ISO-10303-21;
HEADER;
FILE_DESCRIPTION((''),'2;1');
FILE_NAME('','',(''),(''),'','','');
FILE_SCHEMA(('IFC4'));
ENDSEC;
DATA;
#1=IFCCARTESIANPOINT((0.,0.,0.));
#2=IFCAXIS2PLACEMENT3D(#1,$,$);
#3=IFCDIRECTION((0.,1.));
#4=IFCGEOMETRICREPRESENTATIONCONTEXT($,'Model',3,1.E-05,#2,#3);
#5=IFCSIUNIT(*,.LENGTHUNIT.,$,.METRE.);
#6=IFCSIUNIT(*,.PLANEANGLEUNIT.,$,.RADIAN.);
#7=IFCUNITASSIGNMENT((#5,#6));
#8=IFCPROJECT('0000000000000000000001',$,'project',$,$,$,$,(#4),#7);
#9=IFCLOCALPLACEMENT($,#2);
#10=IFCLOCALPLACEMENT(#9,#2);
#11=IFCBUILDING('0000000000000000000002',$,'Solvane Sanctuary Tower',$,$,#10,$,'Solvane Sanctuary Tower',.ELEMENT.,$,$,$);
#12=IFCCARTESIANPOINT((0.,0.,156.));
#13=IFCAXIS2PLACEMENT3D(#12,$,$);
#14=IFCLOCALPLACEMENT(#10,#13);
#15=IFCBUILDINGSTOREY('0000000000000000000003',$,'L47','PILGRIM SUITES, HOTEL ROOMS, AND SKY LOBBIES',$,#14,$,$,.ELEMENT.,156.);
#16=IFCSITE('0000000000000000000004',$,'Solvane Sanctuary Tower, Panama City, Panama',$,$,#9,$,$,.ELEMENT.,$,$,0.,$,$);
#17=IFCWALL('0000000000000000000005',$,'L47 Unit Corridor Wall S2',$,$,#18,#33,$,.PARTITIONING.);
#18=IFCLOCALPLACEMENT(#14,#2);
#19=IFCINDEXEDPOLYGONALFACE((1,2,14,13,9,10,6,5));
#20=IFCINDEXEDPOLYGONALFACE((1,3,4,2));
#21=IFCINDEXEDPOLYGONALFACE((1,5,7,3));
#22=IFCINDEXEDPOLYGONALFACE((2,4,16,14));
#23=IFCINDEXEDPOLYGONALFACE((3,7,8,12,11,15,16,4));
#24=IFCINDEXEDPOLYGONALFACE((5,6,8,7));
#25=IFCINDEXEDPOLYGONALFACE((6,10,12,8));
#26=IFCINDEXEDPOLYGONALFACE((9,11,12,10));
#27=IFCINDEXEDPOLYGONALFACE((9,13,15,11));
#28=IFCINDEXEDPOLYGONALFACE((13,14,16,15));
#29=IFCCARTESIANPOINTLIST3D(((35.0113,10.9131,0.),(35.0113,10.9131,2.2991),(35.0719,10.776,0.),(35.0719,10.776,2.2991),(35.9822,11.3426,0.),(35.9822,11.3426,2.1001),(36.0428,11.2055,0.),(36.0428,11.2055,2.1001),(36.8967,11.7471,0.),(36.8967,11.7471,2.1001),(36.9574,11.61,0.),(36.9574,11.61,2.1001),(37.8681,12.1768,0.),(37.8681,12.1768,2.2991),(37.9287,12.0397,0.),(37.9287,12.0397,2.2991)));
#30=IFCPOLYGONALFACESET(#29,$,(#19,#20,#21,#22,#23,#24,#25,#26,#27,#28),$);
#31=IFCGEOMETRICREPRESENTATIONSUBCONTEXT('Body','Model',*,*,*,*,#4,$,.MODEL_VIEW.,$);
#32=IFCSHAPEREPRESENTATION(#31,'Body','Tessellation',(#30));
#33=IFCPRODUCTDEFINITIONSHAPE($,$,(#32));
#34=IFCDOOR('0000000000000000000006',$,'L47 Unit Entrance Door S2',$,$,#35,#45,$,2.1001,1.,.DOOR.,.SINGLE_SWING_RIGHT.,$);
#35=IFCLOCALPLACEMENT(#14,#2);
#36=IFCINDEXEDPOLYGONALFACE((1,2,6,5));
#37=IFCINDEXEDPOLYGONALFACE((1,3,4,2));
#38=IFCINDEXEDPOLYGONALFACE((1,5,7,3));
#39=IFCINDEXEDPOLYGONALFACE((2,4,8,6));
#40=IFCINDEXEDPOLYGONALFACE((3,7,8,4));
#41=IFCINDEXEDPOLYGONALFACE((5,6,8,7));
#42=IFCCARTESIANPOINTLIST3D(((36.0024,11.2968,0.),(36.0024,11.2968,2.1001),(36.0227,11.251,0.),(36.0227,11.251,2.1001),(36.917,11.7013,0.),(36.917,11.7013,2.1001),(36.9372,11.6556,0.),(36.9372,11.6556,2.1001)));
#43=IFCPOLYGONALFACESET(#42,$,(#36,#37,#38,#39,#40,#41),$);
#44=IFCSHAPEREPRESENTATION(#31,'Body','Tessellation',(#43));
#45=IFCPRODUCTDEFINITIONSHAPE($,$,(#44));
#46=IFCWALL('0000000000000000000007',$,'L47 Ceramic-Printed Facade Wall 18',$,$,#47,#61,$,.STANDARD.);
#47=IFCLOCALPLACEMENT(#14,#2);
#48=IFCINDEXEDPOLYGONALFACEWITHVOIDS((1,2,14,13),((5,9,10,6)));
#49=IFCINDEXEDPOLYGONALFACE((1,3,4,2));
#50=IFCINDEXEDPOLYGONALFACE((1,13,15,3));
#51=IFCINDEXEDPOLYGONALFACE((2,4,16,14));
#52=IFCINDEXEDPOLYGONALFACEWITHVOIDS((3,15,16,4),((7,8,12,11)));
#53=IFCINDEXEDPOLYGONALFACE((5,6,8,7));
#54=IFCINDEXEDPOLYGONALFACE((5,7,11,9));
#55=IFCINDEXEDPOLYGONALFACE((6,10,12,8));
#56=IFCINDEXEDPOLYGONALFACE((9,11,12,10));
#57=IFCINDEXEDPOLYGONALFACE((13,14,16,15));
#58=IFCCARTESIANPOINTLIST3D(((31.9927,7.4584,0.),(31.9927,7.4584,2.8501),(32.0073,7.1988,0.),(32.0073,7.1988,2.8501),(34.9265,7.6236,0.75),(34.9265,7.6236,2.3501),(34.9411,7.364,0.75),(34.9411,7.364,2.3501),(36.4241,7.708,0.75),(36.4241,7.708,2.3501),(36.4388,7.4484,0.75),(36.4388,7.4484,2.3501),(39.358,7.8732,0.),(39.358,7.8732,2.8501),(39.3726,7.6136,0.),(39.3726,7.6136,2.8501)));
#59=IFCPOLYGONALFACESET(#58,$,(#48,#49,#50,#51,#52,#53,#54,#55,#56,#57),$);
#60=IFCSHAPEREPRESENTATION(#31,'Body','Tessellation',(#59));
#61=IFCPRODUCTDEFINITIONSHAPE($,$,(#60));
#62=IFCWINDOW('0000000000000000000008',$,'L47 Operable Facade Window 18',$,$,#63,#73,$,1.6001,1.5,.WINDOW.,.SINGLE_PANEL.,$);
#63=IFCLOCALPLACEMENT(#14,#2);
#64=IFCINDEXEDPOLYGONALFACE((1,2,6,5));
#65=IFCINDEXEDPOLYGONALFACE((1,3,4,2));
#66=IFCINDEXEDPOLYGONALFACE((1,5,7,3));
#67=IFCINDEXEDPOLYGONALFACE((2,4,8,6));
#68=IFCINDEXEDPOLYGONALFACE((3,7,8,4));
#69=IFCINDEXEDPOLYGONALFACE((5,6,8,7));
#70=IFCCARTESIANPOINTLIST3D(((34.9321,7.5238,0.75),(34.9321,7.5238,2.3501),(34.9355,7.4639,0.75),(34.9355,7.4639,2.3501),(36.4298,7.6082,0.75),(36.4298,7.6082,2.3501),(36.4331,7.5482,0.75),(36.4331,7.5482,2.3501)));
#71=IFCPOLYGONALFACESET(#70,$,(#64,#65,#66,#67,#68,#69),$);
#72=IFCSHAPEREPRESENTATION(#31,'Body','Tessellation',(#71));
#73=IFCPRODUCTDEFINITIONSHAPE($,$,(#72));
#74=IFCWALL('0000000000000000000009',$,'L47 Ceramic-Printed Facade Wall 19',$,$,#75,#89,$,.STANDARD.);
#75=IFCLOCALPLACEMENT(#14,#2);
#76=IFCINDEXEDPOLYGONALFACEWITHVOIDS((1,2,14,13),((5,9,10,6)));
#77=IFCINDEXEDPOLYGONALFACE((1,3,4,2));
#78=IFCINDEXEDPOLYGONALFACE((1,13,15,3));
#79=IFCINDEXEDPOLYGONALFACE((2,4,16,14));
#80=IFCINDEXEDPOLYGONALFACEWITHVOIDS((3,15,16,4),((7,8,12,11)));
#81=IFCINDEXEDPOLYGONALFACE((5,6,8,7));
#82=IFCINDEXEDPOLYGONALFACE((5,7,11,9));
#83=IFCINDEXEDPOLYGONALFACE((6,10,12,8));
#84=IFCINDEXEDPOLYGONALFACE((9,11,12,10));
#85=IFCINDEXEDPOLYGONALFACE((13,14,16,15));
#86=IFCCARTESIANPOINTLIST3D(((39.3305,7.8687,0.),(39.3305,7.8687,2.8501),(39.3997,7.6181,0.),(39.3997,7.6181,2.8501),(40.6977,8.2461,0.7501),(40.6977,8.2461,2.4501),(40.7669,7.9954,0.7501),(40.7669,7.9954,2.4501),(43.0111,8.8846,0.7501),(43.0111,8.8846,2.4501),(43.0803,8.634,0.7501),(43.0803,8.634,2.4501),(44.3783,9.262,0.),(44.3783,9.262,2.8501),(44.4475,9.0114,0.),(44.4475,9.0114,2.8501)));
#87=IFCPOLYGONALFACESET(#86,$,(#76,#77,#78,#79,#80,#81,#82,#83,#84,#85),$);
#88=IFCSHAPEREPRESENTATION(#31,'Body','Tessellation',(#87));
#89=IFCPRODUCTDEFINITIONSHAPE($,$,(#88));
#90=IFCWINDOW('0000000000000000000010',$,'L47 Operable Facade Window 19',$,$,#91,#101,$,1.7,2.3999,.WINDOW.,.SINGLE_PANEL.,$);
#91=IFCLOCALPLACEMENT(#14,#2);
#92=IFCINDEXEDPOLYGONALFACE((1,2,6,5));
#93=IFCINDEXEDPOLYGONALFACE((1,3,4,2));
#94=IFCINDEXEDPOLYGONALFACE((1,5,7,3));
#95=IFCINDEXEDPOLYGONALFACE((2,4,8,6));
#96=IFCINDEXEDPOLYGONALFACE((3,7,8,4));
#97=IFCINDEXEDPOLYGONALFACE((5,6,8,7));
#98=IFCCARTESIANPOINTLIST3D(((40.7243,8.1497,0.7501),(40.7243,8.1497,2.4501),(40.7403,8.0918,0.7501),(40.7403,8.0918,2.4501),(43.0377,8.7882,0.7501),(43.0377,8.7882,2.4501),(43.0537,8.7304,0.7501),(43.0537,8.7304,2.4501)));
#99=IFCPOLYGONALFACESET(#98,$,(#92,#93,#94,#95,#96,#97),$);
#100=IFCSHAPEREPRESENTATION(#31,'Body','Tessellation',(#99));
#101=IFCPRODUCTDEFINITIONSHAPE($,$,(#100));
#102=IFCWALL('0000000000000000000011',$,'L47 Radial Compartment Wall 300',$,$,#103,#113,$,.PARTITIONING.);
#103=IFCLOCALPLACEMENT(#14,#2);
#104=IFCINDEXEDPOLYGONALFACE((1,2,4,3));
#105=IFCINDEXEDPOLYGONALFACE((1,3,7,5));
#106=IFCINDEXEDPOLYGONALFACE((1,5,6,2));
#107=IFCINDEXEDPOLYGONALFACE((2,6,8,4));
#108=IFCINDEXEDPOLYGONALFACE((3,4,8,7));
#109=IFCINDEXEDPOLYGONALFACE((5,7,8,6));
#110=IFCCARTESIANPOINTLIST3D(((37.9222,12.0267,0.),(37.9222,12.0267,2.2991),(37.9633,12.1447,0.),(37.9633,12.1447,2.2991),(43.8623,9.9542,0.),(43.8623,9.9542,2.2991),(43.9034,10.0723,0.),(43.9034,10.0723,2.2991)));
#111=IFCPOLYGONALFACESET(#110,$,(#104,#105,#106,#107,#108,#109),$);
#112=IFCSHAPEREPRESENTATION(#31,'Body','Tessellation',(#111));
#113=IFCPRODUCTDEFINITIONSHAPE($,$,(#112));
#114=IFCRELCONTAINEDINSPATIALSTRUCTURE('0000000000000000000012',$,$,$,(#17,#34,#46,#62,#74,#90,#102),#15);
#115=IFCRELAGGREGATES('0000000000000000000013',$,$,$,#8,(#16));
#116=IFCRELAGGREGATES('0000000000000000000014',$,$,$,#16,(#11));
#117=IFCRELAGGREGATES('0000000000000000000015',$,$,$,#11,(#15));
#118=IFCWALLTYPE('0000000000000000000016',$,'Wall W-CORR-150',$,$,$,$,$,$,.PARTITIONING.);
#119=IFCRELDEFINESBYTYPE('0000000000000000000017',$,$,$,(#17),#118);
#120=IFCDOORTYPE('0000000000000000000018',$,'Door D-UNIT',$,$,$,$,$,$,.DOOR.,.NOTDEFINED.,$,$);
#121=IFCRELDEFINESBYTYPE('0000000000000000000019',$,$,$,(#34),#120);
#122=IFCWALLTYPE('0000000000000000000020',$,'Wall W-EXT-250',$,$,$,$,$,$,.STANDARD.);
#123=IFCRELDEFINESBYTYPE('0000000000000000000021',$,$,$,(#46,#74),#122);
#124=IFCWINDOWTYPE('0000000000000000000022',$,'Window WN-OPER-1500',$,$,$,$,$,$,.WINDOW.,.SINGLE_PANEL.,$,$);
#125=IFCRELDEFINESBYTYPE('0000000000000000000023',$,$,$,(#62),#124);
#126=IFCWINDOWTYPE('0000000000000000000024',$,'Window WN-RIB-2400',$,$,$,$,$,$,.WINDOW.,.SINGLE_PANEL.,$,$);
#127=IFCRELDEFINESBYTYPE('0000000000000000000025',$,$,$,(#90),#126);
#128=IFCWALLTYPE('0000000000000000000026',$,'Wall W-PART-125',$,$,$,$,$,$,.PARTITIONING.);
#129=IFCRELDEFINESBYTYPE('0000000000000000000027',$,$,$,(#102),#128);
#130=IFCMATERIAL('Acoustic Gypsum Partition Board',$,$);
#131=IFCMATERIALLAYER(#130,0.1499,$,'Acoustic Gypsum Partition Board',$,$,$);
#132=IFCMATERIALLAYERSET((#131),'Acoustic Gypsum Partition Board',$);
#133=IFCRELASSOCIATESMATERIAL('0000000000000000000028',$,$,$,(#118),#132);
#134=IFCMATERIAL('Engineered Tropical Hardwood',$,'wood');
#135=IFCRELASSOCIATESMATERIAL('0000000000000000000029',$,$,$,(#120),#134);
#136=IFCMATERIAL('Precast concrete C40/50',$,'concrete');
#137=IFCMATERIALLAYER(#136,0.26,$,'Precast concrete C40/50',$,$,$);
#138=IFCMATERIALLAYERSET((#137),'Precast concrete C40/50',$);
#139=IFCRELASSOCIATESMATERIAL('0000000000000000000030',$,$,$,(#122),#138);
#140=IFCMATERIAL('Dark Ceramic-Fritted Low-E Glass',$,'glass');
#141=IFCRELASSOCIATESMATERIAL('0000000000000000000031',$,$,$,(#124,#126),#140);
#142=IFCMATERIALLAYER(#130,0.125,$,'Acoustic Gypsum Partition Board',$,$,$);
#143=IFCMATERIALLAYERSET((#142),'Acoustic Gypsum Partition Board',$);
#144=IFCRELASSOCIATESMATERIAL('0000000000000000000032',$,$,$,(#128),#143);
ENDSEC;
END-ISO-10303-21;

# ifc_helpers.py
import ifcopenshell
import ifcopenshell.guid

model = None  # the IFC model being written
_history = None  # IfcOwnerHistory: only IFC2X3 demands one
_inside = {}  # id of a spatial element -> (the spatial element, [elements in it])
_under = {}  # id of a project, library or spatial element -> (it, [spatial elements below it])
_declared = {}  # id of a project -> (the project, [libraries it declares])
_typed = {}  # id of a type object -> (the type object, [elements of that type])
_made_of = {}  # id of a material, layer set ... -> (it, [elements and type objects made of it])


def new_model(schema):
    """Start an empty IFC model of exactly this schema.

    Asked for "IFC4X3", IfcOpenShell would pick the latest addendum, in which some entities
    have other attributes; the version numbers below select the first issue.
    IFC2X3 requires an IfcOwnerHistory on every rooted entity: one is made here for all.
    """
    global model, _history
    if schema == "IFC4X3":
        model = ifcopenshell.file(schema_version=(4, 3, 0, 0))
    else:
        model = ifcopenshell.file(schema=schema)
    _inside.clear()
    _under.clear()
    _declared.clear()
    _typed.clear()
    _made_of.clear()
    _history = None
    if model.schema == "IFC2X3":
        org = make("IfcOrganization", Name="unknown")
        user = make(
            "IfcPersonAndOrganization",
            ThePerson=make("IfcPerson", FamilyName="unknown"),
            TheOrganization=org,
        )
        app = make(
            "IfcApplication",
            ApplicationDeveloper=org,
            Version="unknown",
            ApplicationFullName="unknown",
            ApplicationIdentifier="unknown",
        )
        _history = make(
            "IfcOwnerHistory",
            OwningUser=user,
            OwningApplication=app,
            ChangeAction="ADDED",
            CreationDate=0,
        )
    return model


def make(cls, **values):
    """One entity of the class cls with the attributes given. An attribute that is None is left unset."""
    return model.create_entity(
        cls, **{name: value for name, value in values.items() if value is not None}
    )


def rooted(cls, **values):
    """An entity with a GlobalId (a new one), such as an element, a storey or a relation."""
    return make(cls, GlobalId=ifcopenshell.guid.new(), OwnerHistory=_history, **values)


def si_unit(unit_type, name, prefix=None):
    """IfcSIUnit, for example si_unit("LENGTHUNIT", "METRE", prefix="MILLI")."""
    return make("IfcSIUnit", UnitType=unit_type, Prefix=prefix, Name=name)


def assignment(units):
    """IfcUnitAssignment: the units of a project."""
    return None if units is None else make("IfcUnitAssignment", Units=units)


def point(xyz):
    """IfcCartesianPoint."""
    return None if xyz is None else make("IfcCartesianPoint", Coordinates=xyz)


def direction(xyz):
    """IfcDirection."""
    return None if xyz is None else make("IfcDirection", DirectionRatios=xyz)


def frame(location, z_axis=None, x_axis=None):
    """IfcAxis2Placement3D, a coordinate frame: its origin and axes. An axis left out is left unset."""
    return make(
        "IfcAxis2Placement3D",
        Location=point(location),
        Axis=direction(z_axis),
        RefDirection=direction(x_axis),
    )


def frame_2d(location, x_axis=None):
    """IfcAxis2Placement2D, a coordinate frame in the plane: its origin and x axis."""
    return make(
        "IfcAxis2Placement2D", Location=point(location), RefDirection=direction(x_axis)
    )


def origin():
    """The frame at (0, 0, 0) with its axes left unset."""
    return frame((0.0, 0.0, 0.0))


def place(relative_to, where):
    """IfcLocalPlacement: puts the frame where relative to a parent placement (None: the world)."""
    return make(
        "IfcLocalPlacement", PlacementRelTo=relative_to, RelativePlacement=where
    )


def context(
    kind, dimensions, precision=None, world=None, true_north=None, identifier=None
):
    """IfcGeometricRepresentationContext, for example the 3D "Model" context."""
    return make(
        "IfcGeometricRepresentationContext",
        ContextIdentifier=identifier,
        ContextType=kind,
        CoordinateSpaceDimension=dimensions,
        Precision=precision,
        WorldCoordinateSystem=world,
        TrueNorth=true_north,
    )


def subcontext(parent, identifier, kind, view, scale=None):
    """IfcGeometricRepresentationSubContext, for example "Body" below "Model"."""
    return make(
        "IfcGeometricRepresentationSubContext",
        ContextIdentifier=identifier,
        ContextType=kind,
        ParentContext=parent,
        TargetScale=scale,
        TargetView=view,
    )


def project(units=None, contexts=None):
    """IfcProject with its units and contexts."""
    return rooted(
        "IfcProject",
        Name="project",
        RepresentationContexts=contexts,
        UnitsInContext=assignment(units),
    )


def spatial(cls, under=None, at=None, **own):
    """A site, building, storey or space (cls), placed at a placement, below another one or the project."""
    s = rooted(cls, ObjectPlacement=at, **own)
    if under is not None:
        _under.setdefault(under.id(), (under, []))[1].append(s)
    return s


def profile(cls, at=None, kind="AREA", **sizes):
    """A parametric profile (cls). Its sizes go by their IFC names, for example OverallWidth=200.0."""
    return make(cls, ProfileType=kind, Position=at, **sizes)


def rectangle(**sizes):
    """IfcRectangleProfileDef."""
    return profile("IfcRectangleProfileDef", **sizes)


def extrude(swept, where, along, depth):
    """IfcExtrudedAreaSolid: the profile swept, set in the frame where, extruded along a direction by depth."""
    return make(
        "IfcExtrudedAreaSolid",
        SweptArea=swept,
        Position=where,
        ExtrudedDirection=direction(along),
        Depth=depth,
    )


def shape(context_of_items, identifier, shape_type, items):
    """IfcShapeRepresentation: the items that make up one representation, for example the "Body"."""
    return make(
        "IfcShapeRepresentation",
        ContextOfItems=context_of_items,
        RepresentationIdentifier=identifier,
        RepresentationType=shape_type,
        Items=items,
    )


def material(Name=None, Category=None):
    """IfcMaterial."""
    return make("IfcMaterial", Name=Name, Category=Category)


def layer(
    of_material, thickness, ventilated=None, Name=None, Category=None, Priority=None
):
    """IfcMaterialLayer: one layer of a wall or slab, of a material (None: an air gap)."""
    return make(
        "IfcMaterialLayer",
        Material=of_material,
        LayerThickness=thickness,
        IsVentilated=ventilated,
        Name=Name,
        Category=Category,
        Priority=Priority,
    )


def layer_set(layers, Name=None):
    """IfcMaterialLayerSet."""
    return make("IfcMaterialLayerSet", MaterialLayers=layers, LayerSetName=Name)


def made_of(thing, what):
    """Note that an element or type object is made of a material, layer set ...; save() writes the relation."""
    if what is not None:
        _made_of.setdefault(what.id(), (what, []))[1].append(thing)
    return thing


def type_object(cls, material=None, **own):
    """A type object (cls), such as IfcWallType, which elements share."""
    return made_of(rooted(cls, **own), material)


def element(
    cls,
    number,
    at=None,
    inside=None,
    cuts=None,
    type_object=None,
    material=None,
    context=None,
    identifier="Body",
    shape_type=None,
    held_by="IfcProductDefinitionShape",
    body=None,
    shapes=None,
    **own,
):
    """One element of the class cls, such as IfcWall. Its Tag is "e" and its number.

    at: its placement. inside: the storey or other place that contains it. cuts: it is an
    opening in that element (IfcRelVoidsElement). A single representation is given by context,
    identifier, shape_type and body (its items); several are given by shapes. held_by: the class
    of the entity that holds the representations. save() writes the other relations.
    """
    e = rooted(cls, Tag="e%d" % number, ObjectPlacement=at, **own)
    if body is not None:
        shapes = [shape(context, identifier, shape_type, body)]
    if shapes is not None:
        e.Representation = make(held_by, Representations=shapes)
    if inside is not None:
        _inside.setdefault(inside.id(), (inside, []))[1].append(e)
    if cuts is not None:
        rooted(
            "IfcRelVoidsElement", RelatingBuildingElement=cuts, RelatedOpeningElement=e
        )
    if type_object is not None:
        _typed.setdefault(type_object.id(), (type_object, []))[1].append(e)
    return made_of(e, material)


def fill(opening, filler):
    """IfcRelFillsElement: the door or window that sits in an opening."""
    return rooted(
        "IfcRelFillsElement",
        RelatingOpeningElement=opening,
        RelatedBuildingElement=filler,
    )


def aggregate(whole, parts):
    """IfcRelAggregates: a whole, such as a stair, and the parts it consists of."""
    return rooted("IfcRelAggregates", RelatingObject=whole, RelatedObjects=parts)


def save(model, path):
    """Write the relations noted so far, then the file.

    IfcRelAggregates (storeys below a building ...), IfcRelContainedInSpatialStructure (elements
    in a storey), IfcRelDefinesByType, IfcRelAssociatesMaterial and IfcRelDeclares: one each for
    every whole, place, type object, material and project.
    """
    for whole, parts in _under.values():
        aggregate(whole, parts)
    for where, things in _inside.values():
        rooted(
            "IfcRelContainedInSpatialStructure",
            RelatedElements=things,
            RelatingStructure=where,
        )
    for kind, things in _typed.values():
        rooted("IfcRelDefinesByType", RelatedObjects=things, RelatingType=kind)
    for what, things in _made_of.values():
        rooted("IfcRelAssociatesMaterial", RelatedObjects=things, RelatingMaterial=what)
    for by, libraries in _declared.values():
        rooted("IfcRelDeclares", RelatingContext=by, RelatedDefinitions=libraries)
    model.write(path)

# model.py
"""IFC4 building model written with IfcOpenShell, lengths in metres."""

from ifc_helpers import new_model, si_unit, direction, frame, frame_2d, origin, place, context, subcontext, project, spatial, rectangle, extrude, material, layer, layer_set, type_object, element, fill, save


model = new_model("IFC4")

# Units and contexts
model_context = context("Model", 3, precision=1e-05, world=origin(), true_north=direction((0.0, 1.0)))
body_context = subcontext(model_context, "Body", "Model", "MODEL_VIEW")
ifc_project = project(units=[si_unit("LENGTHUNIT", "METRE"), si_unit("PLANEANGLEUNIT", "RADIAN")], contexts=[model_context])

# Site, building, storey
site_placement = place(None, origin())
site = spatial("IfcSite", under=ifc_project, at=site_placement, Name="Solvane Sanctuary Tower, Panama City, Panama", CompositionType="ELEMENT", RefElevation=0.0)
building_placement = place(site_placement, origin())
building = spatial("IfcBuilding", under=site, at=building_placement, Name="Solvane Sanctuary Tower", LongName="Solvane Sanctuary Tower", CompositionType="ELEMENT")
storey_placement = place(building_placement, frame((0.0, 0.0, 156.0)))
storey = spatial("IfcBuildingStorey", under=building, at=storey_placement, Name="L47", Description="PILGRIM SUITES, HOTEL ROOMS, AND SKY LOBBIES", CompositionType="ELEMENT", Elevation=156.0)

# Shared definitions
ifc_material_1 = material(Name="Acoustic Gypsum Partition Board")
ifc_layer_1 = layer(ifc_material_1, 0.1499, Name="Acoustic Gypsum Partition Board")
ifc_layer_set_1 = layer_set([ifc_layer_1], Name="Acoustic Gypsum Partition Board")
wall_type_1 = type_object("IfcWallType", Name="Wall W-CORR-150", PredefinedType="PARTITIONING", material=ifc_layer_set_1)

# Wall, opening, door
ifc_material_2 = material(Name="Engineered Tropical Hardwood", Category="wood")
wall_1_placement = place(storey_placement, frame((35.0415, 10.8445, 0.0), z_axis=(0.0, 0.0, 1.0), x_axis=(0.914519, 0.404542, 0.0)))
wall_1 = element("IfcWall", 1, at=wall_1_placement, inside=storey, type_object=wall_type_1, Name="L47 Unit Corridor Wall S2", PredefinedType="PARTITIONING", context=body_context, shape_type="SweptSolid", body=[
    extrude(rectangle(XDim=3.1238, YDim=0.1499, at=frame_2d((1.562, 0.0))), origin(), (0.0, 0.0, 1.0), 2.2991),
])
opening_1_placement = place(wall_1_placement, frame((1.0618, 0.0, 0.0)))
opening_1 = element("IfcOpeningElement", 2, at=opening_1_placement, cuts=wall_1, PredefinedType="OPENING", context=body_context, shape_type="SweptSolid", body=[
    extrude(rectangle(XDim=1.0, YDim=2.1001, at=frame_2d((0.5, 1.05))), frame((0.0, 0.085, 0.0), z_axis=(0.0, -1.0, 0.0), x_axis=(1.0, 0.0, 0.0)), (0.0, 0.0, 1.0), 0.1699),
])
door_type_1 = type_object("IfcDoorType", Name="Door D-UNIT", OperationType="NOTDEFINED", PredefinedType="DOOR", material=ifc_material_2)
door_1_placement = place(opening_1_placement, origin())
door_1 = element("IfcDoor", 3, at=door_1_placement, inside=storey, type_object=door_type_1, Name="L47 Unit Entrance Door S2", OperationType="SINGLE_SWING_RIGHT", OverallHeight=2.1001, OverallWidth=1.0, PredefinedType="DOOR", context=body_context, shape_type="SweptSolid", body=[
    extrude(rectangle(XDim=1.0, YDim=2.1001, at=frame_2d((0.5, 1.05))), frame((0.0, 0.0249, 0.0), z_axis=(0.0, -1.0, 0.0), x_axis=(1.0, 0.0, 0.0)), (0.0, 0.0, 1.0), 0.05),
])
fill(opening_1, door_1)

# Walls, openings, windows
ifc_material_3 = material(Name="Precast concrete C40/50", Category="concrete")
ifc_layer_2 = layer(ifc_material_3, 0.26, Name="Precast concrete C40/50")
ifc_layer_set_2 = layer_set([ifc_layer_2], Name="Precast concrete C40/50")
wall_type_2 = type_object("IfcWallType", Name="Wall W-EXT-250", PredefinedType="STANDARD", material=ifc_layer_set_2)
wall_2_placement = place(storey_placement, frame((32.0, 7.3286, 0.0), z_axis=(0.0, 0.0, 1.0), x_axis=(0.998418, 0.056229, 0.0)))
wall_2 = element("IfcWall", 4, at=wall_2_placement, inside=storey, type_object=wall_type_2, Name="L47 Ceramic-Printed Facade Wall 18", PredefinedType="STANDARD", context=body_context, shape_type="SweptSolid", body=[
    extrude(rectangle(XDim=7.377, YDim=0.26, at=frame_2d((3.6885, 0.0))), origin(), (0.0, 0.0, 1.0), 2.8501),
])
opening_2_placement = place(wall_2_placement, frame((2.9385, 0.0, 0.75)))
opening_2 = element("IfcOpeningElement", 5, at=opening_2_placement, cuts=wall_2, PredefinedType="OPENING", context=body_context, shape_type="SweptSolid", body=[
    extrude(rectangle(XDim=1.5, YDim=1.6001, at=frame_2d((0.75, 0.8))), frame((0.0, 0.1399, 0.0), z_axis=(0.0, -1.0, 0.0), x_axis=(1.0, 0.0, 0.0)), (0.0, 0.0, 1.0), 0.28),
])
ifc_material_4 = material(Name="Dark Ceramic-Fritted Low-E Glass", Category="glass")
window_type_1 = type_object("IfcWindowType", Name="Window WN-OPER-1500", PartitioningType="SINGLE_PANEL", PredefinedType="WINDOW", material=ifc_material_4)
window_1_placement = place(opening_2_placement, origin())
window_1 = element("IfcWindow", 6, at=window_1_placement, inside=storey, type_object=window_type_1, Name="L47 Operable Facade Window 18", OverallHeight=1.6001, OverallWidth=1.5, PartitioningType="SINGLE_PANEL", PredefinedType="WINDOW", context=body_context, shape_type="SweptSolid", body=[
    extrude(rectangle(XDim=1.5, YDim=1.6001, at=frame_2d((0.75, 0.8))), frame((0.0, 0.03, 0.0), z_axis=(0.0, -1.0, 0.0), x_axis=(1.0, 0.0, 0.0)), (0.0, 0.0, 1.0), 0.0601),
])
fill(opening_2, window_1)
wall_3_placement = place(storey_placement, frame((39.3652, 7.7434, 0.0), z_axis=(0.0, 0.0, 1.0), x_axis=(0.963953, 0.266071, 0.0)))
wall_3 = element("IfcWall", 7, at=wall_3_placement, inside=storey, type_object=wall_type_2, Name="L47 Ceramic-Printed Facade Wall 19", PredefinedType="STANDARD", context=body_context, shape_type="SweptSolid", body=[
    extrude(rectangle(XDim=5.2366, YDim=0.26, at=frame_2d((2.6182, 0.0))), origin(), (0.0, 0.0, 1.0), 2.8501),
])
opening_3_placement = place(wall_3_placement, frame((1.4182, 0.0, 0.75)))
opening_3 = element("IfcOpeningElement", 8, at=opening_3_placement, cuts=wall_3, PredefinedType="OPENING", context=body_context, shape_type="SweptSolid", body=[
    extrude(rectangle(XDim=2.3999, YDim=1.7, at=frame_2d((1.2, 0.8501))), frame((0.0, 0.1399, 0.0), z_axis=(0.0, -1.0, 0.0), x_axis=(1.0, 0.0, 0.0)), (0.0, 0.0, 1.0), 0.28),
])
window_type_2 = type_object("IfcWindowType", Name="Window WN-RIB-2400", PartitioningType="SINGLE_PANEL", PredefinedType="WINDOW", material=ifc_material_4)
window_2_placement = place(opening_3_placement, origin())
window_2 = element("IfcWindow", 9, at=window_2_placement, inside=storey, type_object=window_type_2, Name="L47 Operable Facade Window 19", OverallHeight=1.7, OverallWidth=2.3999, PartitioningType="SINGLE_PANEL", PredefinedType="WINDOW", context=body_context, shape_type="SweptSolid", body=[
    extrude(rectangle(XDim=2.3999, YDim=1.7, at=frame_2d((1.2, 0.8501))), frame((0.0, 0.03, 0.0), z_axis=(0.0, -1.0, 0.0), x_axis=(1.0, 0.0, 0.0)), (0.0, 0.0, 1.0), 0.0601),
])
fill(opening_3, window_2)

# Wall
ifc_layer_3 = layer(ifc_material_1, 0.125, Name="Acoustic Gypsum Partition Board")
ifc_layer_set_3 = layer_set([ifc_layer_3], Name="Acoustic Gypsum Partition Board")
wall_type_3 = type_object("IfcWallType", Name="Wall W-PART-125", PredefinedType="PARTITIONING", material=ifc_layer_set_3)
wall_4_placement = place(storey_placement, frame((37.9429, 12.0857, 0.0), z_axis=(0.0, 0.0, 1.0), x_axis=(0.944183, -0.329422, 0.0)))
element("IfcWall", 10, at=wall_4_placement, inside=storey, type_object=wall_type_3, Name="L47 Radial Compartment Wall 300", PredefinedType="PARTITIONING", context=body_context, shape_type="SweptSolid", body=[
    extrude(rectangle(XDim=6.2913, YDim=0.125, at=frame_2d((3.1455, 0.0))), origin(), (0.0, 0.0, 1.0), 2.2991),
])

save(model, "model.ifc")
